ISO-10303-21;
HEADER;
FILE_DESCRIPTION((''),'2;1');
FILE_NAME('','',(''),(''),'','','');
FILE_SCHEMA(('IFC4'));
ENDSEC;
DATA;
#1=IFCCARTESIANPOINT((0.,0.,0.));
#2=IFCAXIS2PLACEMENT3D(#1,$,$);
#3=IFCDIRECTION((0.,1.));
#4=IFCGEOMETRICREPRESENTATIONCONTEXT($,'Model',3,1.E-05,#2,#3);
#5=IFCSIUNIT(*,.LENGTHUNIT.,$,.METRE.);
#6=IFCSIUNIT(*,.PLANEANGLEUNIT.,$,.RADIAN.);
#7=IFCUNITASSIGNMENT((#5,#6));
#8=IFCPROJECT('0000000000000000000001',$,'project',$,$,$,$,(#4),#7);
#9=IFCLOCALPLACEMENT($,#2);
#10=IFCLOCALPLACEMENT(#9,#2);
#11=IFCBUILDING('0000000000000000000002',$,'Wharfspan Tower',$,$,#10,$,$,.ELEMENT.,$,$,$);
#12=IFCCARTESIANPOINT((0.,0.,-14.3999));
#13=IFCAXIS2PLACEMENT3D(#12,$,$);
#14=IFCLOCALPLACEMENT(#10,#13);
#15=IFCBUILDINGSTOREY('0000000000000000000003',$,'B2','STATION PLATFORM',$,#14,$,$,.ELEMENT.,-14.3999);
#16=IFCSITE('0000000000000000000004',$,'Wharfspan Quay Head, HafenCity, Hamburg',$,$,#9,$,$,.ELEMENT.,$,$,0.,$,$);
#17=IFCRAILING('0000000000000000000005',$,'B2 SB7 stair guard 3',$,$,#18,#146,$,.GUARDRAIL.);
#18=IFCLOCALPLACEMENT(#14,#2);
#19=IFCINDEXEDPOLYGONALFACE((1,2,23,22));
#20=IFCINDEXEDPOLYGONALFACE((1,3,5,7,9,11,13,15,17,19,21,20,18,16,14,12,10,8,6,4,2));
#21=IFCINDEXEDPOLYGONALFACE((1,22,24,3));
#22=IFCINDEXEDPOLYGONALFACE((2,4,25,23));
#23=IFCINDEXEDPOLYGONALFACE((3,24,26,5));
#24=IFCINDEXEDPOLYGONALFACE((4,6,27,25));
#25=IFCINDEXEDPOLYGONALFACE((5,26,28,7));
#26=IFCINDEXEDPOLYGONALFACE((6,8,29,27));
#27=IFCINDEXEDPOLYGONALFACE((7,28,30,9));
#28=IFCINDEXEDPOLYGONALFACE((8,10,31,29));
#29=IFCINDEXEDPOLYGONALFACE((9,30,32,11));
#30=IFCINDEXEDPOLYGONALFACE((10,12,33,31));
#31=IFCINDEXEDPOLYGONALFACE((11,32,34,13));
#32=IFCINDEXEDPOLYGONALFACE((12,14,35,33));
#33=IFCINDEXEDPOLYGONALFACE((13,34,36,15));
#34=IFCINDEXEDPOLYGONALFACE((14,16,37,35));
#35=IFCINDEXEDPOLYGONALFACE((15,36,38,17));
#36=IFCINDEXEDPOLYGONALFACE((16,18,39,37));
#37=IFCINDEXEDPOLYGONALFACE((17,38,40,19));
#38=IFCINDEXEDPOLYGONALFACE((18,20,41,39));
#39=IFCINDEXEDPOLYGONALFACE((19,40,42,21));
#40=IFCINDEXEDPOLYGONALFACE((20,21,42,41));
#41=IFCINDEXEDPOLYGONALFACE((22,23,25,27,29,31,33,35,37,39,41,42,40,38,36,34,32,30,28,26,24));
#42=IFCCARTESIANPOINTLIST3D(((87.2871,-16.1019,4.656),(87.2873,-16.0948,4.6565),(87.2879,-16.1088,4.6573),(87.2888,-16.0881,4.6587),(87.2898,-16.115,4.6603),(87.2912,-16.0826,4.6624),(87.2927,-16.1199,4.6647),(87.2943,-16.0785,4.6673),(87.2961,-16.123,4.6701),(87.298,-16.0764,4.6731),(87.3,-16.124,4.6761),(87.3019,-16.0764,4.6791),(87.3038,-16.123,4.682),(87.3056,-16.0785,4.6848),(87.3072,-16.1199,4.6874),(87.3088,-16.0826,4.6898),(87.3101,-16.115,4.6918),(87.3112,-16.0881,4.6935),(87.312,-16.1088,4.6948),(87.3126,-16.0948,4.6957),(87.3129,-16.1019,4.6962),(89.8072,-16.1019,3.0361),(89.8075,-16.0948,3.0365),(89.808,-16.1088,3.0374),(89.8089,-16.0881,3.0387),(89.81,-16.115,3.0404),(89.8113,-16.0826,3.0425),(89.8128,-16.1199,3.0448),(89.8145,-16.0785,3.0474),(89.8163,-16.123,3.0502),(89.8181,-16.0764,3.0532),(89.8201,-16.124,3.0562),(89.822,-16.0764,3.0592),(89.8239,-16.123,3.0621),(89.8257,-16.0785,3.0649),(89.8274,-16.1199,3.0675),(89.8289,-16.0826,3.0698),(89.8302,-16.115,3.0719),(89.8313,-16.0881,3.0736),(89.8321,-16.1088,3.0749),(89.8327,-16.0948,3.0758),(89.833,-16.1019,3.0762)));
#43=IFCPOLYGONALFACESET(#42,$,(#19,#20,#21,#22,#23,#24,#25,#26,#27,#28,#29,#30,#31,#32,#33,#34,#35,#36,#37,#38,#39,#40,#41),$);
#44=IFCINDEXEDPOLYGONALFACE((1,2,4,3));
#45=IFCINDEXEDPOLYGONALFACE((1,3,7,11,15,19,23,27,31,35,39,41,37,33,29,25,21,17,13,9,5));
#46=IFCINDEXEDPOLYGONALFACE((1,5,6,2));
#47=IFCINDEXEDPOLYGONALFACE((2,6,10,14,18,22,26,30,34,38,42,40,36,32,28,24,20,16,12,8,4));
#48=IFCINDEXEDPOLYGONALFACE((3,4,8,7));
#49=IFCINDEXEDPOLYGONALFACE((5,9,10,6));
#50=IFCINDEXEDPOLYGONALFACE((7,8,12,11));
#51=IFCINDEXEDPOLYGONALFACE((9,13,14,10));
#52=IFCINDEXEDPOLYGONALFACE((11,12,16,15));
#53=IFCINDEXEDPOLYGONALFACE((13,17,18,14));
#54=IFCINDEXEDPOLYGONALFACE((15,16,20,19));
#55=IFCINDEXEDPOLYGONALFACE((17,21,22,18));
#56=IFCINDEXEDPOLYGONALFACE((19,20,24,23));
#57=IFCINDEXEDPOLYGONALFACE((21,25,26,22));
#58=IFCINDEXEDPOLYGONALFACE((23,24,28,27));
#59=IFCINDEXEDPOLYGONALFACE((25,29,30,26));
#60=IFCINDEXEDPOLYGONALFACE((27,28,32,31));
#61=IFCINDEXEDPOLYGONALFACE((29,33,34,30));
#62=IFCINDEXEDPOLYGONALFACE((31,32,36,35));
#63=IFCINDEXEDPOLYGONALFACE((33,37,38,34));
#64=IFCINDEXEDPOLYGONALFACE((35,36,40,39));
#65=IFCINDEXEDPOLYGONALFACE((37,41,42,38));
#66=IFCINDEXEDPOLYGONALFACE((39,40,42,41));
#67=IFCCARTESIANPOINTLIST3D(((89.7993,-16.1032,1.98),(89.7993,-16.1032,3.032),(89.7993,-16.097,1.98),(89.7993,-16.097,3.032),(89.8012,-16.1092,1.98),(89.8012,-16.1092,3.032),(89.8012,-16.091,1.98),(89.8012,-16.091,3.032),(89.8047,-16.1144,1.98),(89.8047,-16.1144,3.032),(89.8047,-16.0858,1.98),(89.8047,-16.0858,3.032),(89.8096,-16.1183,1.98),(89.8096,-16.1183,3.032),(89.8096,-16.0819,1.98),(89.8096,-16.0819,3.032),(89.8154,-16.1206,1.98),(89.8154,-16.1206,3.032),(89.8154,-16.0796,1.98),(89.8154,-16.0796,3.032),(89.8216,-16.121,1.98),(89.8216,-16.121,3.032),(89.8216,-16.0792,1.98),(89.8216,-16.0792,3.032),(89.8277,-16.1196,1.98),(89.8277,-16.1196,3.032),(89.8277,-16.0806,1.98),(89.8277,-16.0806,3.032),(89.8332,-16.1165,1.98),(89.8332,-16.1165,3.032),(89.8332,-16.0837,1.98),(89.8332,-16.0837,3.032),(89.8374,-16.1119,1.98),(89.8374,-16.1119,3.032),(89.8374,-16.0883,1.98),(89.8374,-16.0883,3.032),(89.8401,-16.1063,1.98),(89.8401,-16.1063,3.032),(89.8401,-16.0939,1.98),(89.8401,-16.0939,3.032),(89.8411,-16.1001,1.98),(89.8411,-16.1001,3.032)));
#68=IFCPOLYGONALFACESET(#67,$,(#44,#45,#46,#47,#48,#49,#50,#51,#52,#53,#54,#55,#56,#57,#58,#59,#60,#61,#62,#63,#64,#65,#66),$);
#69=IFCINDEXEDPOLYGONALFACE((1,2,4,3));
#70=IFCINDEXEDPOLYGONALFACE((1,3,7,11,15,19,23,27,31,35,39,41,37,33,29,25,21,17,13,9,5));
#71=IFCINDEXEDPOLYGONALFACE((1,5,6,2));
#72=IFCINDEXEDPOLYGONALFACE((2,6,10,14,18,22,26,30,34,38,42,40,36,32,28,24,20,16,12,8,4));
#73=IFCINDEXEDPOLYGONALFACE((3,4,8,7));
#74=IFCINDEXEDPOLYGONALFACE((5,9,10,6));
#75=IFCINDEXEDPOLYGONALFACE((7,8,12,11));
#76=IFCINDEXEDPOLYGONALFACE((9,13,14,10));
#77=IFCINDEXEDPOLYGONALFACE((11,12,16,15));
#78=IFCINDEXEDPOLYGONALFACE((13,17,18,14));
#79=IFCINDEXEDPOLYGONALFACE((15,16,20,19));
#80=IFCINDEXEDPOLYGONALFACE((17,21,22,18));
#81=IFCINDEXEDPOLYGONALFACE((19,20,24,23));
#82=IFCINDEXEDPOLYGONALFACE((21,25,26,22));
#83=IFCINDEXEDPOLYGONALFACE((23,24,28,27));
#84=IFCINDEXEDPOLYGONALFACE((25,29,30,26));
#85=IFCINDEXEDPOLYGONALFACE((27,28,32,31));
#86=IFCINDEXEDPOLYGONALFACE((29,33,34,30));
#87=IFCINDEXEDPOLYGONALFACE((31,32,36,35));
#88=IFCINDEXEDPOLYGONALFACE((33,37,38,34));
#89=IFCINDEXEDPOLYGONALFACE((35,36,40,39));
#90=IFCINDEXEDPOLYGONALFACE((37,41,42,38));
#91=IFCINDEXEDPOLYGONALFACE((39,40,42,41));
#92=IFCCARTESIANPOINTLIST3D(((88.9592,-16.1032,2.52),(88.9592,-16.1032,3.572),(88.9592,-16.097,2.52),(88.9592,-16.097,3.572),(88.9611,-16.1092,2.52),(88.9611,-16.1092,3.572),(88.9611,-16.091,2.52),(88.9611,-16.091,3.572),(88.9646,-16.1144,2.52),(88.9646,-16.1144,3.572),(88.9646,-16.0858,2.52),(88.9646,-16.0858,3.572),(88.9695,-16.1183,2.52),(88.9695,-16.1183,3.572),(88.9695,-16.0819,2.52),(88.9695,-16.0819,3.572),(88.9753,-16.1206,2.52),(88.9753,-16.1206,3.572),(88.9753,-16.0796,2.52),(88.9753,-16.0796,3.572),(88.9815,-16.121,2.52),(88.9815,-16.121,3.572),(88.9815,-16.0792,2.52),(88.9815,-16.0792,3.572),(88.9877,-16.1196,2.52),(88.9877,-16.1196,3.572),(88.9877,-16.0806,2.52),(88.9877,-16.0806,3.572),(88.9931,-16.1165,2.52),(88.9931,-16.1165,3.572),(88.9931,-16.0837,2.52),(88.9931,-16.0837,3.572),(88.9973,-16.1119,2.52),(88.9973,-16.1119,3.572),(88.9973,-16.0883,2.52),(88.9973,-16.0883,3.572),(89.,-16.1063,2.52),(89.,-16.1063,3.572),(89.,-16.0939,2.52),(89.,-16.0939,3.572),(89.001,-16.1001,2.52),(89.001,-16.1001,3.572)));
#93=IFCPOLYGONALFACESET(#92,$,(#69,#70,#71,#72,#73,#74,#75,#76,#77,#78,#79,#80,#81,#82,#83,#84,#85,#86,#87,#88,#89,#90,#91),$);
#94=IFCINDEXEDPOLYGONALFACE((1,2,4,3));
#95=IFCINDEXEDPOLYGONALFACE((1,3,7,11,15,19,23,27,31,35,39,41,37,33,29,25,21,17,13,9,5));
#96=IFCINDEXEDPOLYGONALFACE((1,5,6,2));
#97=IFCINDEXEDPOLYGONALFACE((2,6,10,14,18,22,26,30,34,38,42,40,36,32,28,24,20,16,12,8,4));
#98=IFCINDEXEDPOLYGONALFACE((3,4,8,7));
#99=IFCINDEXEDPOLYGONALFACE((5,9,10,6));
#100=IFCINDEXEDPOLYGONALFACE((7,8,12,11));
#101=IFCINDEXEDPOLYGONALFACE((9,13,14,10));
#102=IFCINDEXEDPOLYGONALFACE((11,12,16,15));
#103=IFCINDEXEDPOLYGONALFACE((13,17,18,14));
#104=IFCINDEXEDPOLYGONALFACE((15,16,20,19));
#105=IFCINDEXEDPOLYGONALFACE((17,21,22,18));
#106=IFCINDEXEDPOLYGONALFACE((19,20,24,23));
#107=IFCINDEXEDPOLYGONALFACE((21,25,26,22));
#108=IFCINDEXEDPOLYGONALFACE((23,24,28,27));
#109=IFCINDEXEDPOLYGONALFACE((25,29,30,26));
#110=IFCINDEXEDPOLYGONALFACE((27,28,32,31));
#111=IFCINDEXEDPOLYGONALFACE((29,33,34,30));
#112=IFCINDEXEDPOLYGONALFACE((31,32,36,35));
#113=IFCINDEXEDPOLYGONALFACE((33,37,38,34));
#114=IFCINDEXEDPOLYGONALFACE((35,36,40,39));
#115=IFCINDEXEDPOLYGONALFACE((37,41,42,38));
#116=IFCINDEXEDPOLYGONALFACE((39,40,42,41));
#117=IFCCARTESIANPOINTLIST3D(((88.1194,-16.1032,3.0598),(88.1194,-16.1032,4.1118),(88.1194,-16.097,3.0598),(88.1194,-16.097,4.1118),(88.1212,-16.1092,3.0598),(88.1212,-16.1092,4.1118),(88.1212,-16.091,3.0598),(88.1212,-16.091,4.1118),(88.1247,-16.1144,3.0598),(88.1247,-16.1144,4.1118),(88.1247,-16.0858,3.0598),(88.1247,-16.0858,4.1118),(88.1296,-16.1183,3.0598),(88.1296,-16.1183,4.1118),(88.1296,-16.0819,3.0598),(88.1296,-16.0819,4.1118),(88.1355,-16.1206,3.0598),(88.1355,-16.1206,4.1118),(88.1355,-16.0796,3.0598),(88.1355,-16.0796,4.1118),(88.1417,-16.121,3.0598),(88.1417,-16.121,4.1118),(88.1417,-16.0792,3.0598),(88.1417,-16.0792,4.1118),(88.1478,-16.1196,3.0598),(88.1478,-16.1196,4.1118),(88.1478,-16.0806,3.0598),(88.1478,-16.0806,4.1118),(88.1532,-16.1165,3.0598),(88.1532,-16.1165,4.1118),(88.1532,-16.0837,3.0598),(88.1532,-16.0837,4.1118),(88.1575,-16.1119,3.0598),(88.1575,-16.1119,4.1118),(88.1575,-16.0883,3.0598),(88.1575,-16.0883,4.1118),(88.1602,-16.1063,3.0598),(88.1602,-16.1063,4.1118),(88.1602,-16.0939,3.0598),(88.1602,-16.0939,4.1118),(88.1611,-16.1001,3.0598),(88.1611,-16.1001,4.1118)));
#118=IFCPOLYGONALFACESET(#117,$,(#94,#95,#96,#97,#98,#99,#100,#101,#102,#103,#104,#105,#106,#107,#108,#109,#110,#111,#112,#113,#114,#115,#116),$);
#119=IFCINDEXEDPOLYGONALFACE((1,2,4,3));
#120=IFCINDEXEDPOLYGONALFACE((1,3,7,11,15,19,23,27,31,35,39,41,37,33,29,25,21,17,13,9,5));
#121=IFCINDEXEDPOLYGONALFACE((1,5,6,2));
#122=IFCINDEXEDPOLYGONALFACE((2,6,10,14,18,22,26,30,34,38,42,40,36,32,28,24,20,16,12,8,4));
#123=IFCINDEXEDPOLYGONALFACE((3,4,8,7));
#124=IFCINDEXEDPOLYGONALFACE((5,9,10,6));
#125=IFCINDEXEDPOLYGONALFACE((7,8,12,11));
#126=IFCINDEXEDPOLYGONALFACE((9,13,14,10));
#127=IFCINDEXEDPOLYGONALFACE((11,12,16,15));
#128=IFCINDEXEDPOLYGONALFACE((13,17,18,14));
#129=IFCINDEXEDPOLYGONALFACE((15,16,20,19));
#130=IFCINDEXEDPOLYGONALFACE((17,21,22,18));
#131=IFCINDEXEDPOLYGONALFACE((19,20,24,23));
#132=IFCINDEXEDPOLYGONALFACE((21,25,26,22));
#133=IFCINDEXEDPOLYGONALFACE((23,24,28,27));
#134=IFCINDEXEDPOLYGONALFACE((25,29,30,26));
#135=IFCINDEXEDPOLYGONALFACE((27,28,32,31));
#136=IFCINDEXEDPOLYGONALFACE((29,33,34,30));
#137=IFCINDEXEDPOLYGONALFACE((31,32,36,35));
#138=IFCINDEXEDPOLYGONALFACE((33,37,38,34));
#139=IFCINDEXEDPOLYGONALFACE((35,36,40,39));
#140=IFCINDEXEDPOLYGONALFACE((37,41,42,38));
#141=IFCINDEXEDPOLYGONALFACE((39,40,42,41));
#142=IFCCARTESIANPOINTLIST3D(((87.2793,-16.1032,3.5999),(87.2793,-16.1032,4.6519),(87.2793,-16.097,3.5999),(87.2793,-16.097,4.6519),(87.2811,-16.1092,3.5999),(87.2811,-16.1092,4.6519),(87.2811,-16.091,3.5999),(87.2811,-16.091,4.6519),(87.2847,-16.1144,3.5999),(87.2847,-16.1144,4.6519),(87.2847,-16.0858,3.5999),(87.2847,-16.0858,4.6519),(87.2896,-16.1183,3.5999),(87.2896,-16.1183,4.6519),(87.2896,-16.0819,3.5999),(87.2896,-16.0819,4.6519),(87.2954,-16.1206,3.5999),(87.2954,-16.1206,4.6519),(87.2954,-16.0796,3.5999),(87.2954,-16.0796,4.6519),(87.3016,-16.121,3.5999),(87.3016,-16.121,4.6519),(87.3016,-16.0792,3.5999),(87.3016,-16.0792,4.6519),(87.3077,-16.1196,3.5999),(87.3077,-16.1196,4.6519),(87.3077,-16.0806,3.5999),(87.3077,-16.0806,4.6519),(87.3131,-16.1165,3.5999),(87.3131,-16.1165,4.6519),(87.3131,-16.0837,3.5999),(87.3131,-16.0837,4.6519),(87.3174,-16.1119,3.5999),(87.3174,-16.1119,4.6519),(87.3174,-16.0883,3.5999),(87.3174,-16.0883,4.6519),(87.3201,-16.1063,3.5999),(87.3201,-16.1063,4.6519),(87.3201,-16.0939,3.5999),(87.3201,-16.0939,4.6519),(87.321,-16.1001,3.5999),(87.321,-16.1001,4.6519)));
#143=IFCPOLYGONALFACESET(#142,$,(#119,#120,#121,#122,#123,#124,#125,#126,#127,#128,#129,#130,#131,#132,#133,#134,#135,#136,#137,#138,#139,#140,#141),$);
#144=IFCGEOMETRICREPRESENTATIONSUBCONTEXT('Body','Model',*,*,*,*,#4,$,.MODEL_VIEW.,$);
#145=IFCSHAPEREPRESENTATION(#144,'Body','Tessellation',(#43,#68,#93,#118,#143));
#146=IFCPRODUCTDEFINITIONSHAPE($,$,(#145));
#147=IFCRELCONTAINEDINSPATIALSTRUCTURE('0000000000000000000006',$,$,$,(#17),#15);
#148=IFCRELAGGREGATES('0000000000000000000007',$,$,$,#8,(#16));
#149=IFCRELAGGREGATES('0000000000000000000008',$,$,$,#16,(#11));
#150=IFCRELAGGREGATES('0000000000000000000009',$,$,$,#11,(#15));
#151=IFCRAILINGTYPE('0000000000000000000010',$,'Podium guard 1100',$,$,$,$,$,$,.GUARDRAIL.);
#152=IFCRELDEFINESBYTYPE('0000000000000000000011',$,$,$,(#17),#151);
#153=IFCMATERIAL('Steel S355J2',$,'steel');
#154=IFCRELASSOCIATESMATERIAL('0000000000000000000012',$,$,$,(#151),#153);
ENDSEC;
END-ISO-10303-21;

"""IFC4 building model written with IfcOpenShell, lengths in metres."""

from ifc_helpers import new_model, si_unit, direction, frame, origin, origin_2d, place, context, subcontext, project, spatial, circle, extrude, material, type_object, element, save


model = new_model("IFC4")

# Units and contexts
model_context = context("Model", 3, precision=1e-05, world=origin(), true_north=direction((0.0, 1.0)))
body_context = subcontext(model_context, "Body", "Model", "MODEL_VIEW")
ifc_project = project(units=[si_unit("LENGTHUNIT", "METRE"), si_unit("PLANEANGLEUNIT", "RADIAN")], contexts=[model_context])

# Site, building, storey
site_placement = place(None, origin())
site = spatial("IfcSite", under=ifc_project, at=site_placement, Name="Wharfspan Quay Head, HafenCity, Hamburg", CompositionType="ELEMENT", RefElevation=0.0)
building_placement = place(site_placement, origin())
building = spatial("IfcBuilding", under=site, at=building_placement, Name="Wharfspan Tower", CompositionType="ELEMENT")
storey_placement = place(building_placement, frame((0.0, 0.0, -14.3999)))
storey = spatial("IfcBuildingStorey", under=building, at=storey_placement, Name="B2", Description="STATION PLATFORM", CompositionType="ELEMENT", Elevation=-14.3999)

# Railing
ifc_material_1 = material(Name="Steel S355J2", Category="steel")
railing_type_1 = type_object("IfcRailingType", Name="Podium guard 1100", PredefinedType="GUARDRAIL", material=ifc_material_1)
railing_1_placement = place(storey_placement, frame((89.8201, -16.1001, 1.98)))
element("IfcRailing", 1, at=railing_1_placement, inside=storey, type_object=railing_type_1, Name="B2 SB7 stair guard 3", PredefinedType="GUARDRAIL", context=body_context, shape_type="SweptSolid", body=[
    extrude(circle(Radius=0.0239, at=origin_2d()), frame((0.0, 0.0, 1.0762), z_axis=(-0.8412, 0.0, 0.540725), x_axis=(0.0, -1.0, 0.0)), (0.0, 0.0, 1.0), 2.9958),
    extrude(circle(Radius=0.021, at=origin_2d()), origin(), (0.0, 0.0, 1.0), 1.052),
    extrude(circle(Radius=0.021, at=origin_2d()), frame((-0.8401, 0.0, 0.54)), (0.0, 0.0, 1.0), 1.052),
    extrude(circle(Radius=0.021, at=origin_2d()), frame((-1.6799, 0.0, 1.0798)), (0.0, 0.0, 1.0), 1.052),
    extrude(circle(Radius=0.021, at=origin_2d()), frame((-2.52, 0.0, 1.6199)), (0.0, 0.0, 1.0), 1.052),
])

save(model, "model.ifc")
